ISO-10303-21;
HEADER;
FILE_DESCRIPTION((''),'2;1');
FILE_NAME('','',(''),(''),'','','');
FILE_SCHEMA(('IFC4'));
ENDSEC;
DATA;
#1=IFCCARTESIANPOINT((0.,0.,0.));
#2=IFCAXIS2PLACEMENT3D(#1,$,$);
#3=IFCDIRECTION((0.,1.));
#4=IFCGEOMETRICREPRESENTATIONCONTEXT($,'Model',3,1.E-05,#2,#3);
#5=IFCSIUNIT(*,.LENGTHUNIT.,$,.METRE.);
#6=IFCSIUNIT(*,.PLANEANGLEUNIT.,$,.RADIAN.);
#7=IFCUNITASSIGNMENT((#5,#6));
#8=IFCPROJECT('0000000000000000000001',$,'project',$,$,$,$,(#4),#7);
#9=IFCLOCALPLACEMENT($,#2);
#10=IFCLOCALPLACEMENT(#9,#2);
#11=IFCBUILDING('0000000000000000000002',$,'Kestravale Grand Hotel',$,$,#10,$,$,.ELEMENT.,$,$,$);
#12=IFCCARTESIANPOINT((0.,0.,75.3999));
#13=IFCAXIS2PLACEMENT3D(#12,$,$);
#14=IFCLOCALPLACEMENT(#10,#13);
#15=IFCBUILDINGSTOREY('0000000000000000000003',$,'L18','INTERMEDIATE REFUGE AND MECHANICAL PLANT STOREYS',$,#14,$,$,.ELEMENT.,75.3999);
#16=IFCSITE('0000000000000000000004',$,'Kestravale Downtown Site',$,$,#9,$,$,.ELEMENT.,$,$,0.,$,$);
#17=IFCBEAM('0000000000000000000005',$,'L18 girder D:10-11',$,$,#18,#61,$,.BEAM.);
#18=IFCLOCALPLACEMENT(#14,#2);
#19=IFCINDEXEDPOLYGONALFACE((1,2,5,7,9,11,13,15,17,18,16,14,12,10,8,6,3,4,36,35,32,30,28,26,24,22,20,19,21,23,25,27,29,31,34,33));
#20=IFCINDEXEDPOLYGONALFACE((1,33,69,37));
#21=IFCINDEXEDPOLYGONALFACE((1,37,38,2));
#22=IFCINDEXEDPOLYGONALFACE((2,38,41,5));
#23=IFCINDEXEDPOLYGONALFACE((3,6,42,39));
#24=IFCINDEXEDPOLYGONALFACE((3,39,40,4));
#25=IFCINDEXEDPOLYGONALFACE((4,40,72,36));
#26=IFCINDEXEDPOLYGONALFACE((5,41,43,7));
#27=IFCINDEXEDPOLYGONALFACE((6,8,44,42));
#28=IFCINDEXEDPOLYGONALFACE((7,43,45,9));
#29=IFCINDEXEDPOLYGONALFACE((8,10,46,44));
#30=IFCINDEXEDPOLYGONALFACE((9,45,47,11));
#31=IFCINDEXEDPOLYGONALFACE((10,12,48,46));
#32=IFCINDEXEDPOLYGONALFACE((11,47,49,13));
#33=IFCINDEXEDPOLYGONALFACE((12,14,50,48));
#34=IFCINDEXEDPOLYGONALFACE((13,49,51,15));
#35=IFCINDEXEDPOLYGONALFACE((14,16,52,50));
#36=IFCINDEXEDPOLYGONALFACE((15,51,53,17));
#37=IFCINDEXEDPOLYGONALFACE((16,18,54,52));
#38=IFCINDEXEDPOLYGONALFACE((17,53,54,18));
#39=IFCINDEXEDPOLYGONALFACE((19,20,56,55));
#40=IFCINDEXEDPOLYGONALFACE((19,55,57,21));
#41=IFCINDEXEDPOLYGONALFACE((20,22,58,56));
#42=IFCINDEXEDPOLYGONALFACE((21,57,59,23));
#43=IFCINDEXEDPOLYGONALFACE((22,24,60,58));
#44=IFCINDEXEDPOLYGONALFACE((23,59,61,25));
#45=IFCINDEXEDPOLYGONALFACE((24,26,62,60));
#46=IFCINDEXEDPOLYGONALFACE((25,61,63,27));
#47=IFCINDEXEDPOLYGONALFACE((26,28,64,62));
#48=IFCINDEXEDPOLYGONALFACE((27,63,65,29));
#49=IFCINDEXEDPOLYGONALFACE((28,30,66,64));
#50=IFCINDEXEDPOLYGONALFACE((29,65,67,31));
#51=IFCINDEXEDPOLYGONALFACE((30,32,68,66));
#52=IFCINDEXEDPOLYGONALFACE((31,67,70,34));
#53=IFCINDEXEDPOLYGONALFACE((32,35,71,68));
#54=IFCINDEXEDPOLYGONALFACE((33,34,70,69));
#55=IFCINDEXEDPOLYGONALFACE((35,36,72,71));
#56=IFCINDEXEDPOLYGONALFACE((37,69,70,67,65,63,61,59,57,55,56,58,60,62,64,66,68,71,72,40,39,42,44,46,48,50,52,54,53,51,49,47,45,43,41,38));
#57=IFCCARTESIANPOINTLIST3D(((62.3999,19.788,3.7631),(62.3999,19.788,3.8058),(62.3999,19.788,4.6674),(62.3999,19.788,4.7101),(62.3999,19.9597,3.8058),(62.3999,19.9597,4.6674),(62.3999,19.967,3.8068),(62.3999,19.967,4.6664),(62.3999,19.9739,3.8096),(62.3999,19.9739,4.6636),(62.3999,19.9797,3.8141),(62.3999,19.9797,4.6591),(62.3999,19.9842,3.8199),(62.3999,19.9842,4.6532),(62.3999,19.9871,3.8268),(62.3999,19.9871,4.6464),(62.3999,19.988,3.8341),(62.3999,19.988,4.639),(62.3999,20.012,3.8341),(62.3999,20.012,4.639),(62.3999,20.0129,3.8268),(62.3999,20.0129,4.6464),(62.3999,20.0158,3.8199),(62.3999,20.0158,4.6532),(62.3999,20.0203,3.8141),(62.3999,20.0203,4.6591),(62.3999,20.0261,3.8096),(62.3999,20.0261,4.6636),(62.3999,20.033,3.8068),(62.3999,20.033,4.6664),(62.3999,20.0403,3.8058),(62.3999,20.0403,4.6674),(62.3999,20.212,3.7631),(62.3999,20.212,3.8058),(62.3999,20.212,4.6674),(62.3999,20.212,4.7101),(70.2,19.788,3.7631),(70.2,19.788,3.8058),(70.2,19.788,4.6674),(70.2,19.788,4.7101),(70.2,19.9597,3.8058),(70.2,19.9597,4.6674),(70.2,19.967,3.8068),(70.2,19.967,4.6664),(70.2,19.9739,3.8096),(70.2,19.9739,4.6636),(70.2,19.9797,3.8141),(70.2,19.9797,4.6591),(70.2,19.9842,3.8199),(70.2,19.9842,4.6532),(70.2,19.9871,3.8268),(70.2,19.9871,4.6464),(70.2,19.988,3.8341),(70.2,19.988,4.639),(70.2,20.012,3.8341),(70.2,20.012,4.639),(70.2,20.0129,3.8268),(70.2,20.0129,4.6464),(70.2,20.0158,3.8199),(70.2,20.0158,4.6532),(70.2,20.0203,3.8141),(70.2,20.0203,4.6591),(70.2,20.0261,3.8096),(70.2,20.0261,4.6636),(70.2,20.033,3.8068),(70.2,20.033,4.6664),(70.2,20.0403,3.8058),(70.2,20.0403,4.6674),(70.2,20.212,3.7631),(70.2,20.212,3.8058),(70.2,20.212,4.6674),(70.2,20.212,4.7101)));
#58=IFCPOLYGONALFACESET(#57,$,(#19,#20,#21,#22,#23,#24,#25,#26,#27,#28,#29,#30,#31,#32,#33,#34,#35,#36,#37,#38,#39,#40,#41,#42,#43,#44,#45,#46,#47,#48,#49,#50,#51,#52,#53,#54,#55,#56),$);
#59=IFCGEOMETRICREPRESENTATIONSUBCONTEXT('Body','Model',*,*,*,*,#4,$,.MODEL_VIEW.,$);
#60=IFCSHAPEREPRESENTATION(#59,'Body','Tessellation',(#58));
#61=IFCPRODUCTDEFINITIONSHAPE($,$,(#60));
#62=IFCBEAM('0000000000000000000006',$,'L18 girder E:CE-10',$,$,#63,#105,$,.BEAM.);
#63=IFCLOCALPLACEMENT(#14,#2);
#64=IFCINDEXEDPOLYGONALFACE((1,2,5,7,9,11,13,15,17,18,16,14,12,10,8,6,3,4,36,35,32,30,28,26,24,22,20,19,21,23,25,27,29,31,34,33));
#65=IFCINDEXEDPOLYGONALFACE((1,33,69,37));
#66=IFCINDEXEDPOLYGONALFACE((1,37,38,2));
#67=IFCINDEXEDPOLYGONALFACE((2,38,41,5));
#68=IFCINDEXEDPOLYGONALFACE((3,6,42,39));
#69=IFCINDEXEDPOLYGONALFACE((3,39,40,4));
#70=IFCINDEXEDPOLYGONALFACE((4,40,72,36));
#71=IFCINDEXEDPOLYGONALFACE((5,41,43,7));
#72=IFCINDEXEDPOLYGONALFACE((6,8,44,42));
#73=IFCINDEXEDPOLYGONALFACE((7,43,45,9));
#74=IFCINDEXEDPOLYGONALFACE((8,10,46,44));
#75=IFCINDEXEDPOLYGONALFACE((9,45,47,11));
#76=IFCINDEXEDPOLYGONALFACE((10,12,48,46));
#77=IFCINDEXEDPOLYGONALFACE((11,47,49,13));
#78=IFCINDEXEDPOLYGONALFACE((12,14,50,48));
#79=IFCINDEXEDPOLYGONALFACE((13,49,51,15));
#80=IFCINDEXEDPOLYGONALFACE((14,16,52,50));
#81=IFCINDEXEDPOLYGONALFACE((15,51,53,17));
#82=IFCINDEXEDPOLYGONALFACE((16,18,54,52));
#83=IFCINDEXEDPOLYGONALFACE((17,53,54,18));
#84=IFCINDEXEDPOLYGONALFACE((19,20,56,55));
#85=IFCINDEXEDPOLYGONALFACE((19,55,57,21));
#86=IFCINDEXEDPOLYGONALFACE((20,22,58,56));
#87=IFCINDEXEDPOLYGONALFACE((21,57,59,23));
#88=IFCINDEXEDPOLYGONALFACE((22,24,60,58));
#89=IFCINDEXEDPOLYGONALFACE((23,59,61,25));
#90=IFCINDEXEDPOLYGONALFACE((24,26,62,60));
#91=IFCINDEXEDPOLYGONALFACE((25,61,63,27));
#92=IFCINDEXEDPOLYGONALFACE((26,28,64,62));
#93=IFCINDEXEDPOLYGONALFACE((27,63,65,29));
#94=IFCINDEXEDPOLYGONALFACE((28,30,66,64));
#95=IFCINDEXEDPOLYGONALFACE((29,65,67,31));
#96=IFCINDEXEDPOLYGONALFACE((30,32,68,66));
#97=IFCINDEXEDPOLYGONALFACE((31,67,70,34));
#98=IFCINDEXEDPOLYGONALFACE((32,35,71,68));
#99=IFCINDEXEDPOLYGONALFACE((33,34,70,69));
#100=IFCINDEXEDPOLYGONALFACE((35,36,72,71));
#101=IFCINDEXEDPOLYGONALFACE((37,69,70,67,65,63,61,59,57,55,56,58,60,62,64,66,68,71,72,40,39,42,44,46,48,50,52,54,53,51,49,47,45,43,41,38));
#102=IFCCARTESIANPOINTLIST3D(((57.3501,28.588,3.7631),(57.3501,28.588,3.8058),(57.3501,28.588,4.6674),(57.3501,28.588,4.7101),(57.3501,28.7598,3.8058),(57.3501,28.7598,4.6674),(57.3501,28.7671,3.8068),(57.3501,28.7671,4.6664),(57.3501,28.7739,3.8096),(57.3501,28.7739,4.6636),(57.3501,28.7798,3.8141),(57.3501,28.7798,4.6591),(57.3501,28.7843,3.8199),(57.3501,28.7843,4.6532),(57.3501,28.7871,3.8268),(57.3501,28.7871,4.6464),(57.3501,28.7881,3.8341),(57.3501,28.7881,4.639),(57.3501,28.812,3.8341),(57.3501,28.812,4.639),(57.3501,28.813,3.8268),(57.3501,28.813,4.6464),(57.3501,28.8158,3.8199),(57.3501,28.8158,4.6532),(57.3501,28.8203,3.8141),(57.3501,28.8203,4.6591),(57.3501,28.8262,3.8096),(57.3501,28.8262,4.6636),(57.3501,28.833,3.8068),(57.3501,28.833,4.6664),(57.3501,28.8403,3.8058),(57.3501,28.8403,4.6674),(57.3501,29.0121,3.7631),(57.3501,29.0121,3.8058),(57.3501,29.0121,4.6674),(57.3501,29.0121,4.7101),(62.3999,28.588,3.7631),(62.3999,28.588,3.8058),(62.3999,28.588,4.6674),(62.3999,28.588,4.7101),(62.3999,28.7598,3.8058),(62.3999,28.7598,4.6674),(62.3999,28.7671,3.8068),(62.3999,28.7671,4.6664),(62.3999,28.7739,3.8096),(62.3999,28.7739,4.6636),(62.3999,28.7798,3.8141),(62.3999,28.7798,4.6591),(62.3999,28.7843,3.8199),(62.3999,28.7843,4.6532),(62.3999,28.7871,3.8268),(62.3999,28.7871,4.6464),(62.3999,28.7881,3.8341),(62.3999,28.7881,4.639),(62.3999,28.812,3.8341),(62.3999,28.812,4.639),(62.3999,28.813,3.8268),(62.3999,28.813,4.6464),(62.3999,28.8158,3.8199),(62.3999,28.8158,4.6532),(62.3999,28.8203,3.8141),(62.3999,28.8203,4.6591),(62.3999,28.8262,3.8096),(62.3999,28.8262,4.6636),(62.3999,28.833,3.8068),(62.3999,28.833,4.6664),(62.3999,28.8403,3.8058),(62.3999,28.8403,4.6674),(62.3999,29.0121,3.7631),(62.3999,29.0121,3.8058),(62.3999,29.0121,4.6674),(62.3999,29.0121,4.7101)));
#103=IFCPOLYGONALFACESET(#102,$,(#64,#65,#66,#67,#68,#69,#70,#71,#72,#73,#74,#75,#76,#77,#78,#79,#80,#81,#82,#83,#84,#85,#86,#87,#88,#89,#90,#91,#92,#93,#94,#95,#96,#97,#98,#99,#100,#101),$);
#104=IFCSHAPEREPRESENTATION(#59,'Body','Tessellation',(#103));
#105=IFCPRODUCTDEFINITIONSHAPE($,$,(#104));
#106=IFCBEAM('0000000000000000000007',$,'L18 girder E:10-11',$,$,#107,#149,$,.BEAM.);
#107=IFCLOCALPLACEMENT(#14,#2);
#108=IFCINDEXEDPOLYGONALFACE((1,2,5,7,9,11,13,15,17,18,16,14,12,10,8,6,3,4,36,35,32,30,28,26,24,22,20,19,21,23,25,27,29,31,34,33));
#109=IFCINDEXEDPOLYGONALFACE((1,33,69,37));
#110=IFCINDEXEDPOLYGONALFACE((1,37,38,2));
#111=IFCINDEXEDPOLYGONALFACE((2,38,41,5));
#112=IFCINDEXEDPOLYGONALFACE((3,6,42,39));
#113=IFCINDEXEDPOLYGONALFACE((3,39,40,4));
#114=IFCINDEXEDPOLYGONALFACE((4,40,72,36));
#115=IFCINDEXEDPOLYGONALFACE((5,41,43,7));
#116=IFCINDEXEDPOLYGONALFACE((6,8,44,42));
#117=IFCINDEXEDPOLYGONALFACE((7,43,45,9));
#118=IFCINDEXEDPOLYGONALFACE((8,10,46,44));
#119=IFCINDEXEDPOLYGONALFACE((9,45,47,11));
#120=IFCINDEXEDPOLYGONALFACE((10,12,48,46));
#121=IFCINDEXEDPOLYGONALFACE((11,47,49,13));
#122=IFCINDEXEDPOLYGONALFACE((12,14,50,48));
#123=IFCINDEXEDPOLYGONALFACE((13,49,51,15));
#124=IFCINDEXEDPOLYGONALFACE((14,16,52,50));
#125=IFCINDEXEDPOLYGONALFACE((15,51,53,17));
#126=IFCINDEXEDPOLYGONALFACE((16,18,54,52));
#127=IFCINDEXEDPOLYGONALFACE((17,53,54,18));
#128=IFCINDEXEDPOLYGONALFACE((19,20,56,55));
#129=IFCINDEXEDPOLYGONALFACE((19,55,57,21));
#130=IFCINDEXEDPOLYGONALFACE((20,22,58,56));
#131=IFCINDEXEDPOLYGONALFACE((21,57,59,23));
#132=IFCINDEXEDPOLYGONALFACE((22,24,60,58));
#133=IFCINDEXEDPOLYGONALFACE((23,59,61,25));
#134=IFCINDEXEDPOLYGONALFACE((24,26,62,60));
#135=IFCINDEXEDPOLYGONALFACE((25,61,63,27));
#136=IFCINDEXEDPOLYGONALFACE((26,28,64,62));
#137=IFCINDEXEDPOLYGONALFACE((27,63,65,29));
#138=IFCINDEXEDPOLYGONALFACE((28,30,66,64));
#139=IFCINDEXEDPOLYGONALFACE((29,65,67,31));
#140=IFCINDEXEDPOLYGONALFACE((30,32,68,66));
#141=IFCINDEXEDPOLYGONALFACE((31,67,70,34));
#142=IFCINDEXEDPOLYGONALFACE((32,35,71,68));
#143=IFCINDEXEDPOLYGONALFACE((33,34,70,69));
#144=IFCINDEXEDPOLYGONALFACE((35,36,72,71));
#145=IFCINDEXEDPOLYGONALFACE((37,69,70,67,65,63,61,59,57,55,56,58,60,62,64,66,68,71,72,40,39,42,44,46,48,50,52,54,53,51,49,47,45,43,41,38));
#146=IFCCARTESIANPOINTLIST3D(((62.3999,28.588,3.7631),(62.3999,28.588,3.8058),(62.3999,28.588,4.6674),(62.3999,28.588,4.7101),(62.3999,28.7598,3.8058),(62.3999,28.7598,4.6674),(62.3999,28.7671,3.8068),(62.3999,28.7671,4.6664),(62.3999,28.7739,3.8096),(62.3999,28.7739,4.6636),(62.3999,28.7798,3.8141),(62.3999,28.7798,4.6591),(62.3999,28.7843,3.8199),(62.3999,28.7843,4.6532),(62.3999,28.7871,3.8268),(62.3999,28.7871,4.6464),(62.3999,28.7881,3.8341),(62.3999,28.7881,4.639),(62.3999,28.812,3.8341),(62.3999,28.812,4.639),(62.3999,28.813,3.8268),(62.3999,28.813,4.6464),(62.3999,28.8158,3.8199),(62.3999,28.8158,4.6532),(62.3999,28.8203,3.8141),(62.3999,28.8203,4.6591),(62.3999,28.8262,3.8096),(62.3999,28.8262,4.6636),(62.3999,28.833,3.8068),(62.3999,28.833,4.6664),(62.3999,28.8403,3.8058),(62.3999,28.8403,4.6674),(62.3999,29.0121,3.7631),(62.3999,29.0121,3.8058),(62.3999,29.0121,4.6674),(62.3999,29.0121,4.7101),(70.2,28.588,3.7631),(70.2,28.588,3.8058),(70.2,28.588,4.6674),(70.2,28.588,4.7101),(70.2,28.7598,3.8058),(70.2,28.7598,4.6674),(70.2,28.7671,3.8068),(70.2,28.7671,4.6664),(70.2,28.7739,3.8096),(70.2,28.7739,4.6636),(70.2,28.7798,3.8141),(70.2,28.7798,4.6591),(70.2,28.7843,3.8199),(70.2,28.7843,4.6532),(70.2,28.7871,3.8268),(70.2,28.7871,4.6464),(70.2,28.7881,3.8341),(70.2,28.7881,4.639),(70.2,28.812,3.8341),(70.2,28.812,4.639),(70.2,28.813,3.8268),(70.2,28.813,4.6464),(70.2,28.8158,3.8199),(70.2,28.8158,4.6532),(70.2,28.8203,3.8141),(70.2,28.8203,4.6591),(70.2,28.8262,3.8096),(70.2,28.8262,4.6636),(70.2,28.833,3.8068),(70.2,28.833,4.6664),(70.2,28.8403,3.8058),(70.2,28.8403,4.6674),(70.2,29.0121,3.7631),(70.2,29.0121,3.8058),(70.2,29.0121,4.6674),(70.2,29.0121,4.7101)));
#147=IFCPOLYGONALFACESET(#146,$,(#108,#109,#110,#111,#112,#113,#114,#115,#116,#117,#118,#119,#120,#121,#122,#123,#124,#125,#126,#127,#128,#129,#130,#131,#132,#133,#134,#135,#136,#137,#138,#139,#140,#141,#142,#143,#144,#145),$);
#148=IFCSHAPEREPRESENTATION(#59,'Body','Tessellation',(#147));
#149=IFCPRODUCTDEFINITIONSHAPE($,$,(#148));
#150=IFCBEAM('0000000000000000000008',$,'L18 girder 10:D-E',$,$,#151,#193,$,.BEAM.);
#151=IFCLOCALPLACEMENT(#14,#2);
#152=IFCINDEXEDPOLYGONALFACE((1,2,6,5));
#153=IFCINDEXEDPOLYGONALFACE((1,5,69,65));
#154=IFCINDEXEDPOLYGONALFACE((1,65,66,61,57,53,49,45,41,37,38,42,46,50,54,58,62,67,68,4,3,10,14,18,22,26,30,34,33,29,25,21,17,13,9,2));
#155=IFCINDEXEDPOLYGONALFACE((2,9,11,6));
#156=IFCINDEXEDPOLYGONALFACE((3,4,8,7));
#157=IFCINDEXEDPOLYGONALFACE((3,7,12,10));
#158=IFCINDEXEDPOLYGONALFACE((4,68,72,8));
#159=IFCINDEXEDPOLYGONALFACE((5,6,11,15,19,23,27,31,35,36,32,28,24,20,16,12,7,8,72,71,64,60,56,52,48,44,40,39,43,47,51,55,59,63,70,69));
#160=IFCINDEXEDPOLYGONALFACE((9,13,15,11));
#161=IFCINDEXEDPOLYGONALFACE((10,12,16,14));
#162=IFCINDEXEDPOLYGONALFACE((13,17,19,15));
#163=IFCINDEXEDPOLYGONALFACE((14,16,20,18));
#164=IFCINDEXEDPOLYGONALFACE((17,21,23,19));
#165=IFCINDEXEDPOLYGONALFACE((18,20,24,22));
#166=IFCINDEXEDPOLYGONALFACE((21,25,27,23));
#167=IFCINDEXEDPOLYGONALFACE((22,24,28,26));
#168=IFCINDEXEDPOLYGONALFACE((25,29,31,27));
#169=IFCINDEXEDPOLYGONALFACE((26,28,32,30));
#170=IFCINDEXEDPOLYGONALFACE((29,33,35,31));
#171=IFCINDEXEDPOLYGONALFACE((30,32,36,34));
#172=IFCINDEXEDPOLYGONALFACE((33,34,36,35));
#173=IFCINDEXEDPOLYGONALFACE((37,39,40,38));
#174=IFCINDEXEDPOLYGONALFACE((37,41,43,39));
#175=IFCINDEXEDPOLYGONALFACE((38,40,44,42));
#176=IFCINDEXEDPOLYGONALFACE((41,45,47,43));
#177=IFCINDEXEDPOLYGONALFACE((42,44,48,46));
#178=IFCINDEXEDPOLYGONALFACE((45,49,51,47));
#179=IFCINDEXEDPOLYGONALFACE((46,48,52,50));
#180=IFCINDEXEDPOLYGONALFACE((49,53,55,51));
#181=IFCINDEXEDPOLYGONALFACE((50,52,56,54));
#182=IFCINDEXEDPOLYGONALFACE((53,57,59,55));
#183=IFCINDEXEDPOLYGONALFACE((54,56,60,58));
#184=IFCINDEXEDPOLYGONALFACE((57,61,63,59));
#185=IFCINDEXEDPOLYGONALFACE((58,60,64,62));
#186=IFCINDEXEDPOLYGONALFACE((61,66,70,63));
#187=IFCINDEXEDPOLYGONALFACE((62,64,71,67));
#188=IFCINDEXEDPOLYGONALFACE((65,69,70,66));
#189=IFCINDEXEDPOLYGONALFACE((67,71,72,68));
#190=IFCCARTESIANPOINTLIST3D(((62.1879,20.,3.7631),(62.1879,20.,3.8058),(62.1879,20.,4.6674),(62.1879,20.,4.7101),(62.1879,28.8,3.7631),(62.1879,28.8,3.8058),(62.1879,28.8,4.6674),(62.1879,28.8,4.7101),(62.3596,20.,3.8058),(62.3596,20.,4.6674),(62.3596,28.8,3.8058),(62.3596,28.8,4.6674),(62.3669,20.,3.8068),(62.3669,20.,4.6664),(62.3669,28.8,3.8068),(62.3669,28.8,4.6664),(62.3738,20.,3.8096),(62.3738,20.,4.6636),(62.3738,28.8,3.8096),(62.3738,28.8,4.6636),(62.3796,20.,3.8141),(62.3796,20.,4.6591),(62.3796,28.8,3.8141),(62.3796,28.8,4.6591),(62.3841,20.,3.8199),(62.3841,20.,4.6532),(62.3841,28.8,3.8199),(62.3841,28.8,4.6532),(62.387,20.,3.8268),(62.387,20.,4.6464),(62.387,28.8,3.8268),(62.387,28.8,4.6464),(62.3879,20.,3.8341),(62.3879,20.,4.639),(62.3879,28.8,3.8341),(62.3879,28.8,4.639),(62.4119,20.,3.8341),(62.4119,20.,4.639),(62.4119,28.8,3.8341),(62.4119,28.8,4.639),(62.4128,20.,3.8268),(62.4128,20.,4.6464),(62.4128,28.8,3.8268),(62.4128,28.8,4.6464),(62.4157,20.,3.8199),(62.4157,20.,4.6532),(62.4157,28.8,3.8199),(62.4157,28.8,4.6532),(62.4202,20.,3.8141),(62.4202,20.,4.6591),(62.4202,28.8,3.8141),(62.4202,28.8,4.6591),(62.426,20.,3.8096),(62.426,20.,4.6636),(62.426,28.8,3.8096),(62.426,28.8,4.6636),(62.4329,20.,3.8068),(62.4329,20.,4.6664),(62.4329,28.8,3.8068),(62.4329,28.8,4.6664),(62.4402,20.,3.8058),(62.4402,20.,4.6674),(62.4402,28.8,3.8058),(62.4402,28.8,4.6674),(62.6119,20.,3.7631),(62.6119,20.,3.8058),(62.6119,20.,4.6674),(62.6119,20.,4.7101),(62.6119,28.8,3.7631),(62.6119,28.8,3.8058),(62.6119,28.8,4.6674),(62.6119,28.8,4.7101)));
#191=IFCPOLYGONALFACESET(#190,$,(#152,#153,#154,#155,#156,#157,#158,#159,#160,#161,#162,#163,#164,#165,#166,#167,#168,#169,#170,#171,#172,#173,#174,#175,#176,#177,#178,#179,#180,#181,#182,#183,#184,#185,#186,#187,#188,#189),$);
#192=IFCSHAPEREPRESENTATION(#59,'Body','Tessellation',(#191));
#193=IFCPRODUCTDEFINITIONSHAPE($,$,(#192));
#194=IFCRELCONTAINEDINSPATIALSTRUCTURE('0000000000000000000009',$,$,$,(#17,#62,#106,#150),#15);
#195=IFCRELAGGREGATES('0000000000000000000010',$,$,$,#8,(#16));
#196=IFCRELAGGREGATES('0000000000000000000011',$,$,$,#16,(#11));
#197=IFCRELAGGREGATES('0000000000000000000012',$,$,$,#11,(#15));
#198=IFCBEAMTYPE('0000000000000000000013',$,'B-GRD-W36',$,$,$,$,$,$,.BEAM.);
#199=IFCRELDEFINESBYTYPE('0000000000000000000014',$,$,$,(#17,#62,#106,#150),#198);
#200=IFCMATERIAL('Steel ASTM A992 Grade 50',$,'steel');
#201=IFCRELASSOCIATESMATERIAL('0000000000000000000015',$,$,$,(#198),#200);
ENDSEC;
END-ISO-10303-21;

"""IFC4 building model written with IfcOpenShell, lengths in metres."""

from ifc_helpers import new_model, si_unit, direction, frame, origin, origin_2d, place, context, subcontext, project, spatial, i_section, extrude, material, material_profile, profile_set, type_object, element, save


model = new_model("IFC4")

# Units and contexts
model_context = context("Model", 3, precision=1e-05, world=origin(), true_north=direction((0.0, 1.0)))
body_context = subcontext(model_context, "Body", "Model", "MODEL_VIEW")
ifc_project = project(units=[si_unit("LENGTHUNIT", "METRE"), si_unit("PLANEANGLEUNIT", "RADIAN")], contexts=[model_context])

# Site, building, storey
site_placement = place(None, origin())
site = spatial("IfcSite", under=ifc_project, at=site_placement, Name="Kestravale Downtown Site", CompositionType="ELEMENT", RefElevation=0.0)
building_placement = place(site_placement, origin())
building = spatial("IfcBuilding", under=site, at=building_placement, Name="Kestravale Grand Hotel", CompositionType="ELEMENT")
storey_placement = place(building_placement, frame((0.0, 0.0, 75.3999)))
storey = spatial("IfcBuildingStorey", under=building, at=storey_placement, Name="L18", Description="INTERMEDIATE REFUGE AND MECHANICAL PLANT STOREYS", CompositionType="ELEMENT", Elevation=75.3999)

# Beams
ifc_material_1 = material(Name="Steel ASTM A992 Grade 50", Category="steel")
ifc_material_profile_1 = material_profile(ifc_material_1, i_section(OverallWidth=0.4241, OverallDepth=0.947, WebThickness=0.0239, FlangeThickness=0.0427, FilletRadius=0.0283, at=origin_2d()))
ifc_profile_set_1 = profile_set([ifc_material_profile_1], Name="Steel ASTM A992 Grade 50")
beam_type_1 = type_object("IfcBeamType", Name="B-GRD-W36", PredefinedType="BEAM", material=ifc_profile_set_1)
beam_1_placement = place(storey_placement, frame((62.3999, 20.0, 4.2366), z_axis=(1.0, 0.0, 0.0), x_axis=(0.0, 1.0, 0.0)))
element("IfcBeam", 1, at=beam_1_placement, inside=storey, type_object=beam_type_1, Name="L18 girder D:10-11", PredefinedType="BEAM", context=body_context, shape_type="SweptSolid", body=[
    extrude(i_section(OverallWidth=0.4241, OverallDepth=0.947, WebThickness=0.0239, FlangeThickness=0.0427, FilletRadius=0.0283, at=origin_2d()), origin(), (0.0, 0.0, 1.0), 7.8),
])
beam_2_placement = place(storey_placement, frame((57.3501, 28.8, 4.2366), z_axis=(1.0, 0.0, 0.0), x_axis=(0.0, 1.0, 0.0)))
element("IfcBeam", 2, at=beam_2_placement, inside=storey, type_object=beam_type_1, Name="L18 girder E:CE-10", PredefinedType="BEAM", context=body_context, shape_type="SweptSolid", body=[
    extrude(i_section(OverallWidth=0.4241, OverallDepth=0.947, WebThickness=0.0239, FlangeThickness=0.0427, FilletRadius=0.0283, at=origin_2d()), origin(), (0.0, 0.0, 1.0), 5.0498),
])
beam_3_placement = place(storey_placement, frame((62.3999, 28.8, 4.2366), z_axis=(1.0, 0.0, 0.0), x_axis=(0.0, 1.0, 0.0)))
element("IfcBeam", 3, at=beam_3_placement, inside=storey, type_object=beam_type_1, Name="L18 girder E:10-11", PredefinedType="BEAM", context=body_context, shape_type="SweptSolid", body=[
    extrude(i_section(OverallWidth=0.4241, OverallDepth=0.947, WebThickness=0.0239, FlangeThickness=0.0427, FilletRadius=0.0283, at=origin_2d()), origin(), (0.0, 0.0, 1.0), 7.8),
])
beam_4_placement = place(storey_placement, frame((62.3999, 20.0, 4.2366), z_axis=(0.0, 1.0, 0.0), x_axis=(-1.0, 0.0, 0.0)))
element("IfcBeam", 4, at=beam_4_placement, inside=storey, type_object=beam_type_1, Name="L18 girder 10:D-E", PredefinedType="BEAM", context=body_context, shape_type="SweptSolid", body=[
    extrude(i_section(OverallWidth=0.4241, OverallDepth=0.947, WebThickness=0.0239, FlangeThickness=0.0427, FilletRadius=0.0283, at=origin_2d()), origin(), (0.0, 0.0, 1.0), 8.8),
])

save(model, "model.ifc")
